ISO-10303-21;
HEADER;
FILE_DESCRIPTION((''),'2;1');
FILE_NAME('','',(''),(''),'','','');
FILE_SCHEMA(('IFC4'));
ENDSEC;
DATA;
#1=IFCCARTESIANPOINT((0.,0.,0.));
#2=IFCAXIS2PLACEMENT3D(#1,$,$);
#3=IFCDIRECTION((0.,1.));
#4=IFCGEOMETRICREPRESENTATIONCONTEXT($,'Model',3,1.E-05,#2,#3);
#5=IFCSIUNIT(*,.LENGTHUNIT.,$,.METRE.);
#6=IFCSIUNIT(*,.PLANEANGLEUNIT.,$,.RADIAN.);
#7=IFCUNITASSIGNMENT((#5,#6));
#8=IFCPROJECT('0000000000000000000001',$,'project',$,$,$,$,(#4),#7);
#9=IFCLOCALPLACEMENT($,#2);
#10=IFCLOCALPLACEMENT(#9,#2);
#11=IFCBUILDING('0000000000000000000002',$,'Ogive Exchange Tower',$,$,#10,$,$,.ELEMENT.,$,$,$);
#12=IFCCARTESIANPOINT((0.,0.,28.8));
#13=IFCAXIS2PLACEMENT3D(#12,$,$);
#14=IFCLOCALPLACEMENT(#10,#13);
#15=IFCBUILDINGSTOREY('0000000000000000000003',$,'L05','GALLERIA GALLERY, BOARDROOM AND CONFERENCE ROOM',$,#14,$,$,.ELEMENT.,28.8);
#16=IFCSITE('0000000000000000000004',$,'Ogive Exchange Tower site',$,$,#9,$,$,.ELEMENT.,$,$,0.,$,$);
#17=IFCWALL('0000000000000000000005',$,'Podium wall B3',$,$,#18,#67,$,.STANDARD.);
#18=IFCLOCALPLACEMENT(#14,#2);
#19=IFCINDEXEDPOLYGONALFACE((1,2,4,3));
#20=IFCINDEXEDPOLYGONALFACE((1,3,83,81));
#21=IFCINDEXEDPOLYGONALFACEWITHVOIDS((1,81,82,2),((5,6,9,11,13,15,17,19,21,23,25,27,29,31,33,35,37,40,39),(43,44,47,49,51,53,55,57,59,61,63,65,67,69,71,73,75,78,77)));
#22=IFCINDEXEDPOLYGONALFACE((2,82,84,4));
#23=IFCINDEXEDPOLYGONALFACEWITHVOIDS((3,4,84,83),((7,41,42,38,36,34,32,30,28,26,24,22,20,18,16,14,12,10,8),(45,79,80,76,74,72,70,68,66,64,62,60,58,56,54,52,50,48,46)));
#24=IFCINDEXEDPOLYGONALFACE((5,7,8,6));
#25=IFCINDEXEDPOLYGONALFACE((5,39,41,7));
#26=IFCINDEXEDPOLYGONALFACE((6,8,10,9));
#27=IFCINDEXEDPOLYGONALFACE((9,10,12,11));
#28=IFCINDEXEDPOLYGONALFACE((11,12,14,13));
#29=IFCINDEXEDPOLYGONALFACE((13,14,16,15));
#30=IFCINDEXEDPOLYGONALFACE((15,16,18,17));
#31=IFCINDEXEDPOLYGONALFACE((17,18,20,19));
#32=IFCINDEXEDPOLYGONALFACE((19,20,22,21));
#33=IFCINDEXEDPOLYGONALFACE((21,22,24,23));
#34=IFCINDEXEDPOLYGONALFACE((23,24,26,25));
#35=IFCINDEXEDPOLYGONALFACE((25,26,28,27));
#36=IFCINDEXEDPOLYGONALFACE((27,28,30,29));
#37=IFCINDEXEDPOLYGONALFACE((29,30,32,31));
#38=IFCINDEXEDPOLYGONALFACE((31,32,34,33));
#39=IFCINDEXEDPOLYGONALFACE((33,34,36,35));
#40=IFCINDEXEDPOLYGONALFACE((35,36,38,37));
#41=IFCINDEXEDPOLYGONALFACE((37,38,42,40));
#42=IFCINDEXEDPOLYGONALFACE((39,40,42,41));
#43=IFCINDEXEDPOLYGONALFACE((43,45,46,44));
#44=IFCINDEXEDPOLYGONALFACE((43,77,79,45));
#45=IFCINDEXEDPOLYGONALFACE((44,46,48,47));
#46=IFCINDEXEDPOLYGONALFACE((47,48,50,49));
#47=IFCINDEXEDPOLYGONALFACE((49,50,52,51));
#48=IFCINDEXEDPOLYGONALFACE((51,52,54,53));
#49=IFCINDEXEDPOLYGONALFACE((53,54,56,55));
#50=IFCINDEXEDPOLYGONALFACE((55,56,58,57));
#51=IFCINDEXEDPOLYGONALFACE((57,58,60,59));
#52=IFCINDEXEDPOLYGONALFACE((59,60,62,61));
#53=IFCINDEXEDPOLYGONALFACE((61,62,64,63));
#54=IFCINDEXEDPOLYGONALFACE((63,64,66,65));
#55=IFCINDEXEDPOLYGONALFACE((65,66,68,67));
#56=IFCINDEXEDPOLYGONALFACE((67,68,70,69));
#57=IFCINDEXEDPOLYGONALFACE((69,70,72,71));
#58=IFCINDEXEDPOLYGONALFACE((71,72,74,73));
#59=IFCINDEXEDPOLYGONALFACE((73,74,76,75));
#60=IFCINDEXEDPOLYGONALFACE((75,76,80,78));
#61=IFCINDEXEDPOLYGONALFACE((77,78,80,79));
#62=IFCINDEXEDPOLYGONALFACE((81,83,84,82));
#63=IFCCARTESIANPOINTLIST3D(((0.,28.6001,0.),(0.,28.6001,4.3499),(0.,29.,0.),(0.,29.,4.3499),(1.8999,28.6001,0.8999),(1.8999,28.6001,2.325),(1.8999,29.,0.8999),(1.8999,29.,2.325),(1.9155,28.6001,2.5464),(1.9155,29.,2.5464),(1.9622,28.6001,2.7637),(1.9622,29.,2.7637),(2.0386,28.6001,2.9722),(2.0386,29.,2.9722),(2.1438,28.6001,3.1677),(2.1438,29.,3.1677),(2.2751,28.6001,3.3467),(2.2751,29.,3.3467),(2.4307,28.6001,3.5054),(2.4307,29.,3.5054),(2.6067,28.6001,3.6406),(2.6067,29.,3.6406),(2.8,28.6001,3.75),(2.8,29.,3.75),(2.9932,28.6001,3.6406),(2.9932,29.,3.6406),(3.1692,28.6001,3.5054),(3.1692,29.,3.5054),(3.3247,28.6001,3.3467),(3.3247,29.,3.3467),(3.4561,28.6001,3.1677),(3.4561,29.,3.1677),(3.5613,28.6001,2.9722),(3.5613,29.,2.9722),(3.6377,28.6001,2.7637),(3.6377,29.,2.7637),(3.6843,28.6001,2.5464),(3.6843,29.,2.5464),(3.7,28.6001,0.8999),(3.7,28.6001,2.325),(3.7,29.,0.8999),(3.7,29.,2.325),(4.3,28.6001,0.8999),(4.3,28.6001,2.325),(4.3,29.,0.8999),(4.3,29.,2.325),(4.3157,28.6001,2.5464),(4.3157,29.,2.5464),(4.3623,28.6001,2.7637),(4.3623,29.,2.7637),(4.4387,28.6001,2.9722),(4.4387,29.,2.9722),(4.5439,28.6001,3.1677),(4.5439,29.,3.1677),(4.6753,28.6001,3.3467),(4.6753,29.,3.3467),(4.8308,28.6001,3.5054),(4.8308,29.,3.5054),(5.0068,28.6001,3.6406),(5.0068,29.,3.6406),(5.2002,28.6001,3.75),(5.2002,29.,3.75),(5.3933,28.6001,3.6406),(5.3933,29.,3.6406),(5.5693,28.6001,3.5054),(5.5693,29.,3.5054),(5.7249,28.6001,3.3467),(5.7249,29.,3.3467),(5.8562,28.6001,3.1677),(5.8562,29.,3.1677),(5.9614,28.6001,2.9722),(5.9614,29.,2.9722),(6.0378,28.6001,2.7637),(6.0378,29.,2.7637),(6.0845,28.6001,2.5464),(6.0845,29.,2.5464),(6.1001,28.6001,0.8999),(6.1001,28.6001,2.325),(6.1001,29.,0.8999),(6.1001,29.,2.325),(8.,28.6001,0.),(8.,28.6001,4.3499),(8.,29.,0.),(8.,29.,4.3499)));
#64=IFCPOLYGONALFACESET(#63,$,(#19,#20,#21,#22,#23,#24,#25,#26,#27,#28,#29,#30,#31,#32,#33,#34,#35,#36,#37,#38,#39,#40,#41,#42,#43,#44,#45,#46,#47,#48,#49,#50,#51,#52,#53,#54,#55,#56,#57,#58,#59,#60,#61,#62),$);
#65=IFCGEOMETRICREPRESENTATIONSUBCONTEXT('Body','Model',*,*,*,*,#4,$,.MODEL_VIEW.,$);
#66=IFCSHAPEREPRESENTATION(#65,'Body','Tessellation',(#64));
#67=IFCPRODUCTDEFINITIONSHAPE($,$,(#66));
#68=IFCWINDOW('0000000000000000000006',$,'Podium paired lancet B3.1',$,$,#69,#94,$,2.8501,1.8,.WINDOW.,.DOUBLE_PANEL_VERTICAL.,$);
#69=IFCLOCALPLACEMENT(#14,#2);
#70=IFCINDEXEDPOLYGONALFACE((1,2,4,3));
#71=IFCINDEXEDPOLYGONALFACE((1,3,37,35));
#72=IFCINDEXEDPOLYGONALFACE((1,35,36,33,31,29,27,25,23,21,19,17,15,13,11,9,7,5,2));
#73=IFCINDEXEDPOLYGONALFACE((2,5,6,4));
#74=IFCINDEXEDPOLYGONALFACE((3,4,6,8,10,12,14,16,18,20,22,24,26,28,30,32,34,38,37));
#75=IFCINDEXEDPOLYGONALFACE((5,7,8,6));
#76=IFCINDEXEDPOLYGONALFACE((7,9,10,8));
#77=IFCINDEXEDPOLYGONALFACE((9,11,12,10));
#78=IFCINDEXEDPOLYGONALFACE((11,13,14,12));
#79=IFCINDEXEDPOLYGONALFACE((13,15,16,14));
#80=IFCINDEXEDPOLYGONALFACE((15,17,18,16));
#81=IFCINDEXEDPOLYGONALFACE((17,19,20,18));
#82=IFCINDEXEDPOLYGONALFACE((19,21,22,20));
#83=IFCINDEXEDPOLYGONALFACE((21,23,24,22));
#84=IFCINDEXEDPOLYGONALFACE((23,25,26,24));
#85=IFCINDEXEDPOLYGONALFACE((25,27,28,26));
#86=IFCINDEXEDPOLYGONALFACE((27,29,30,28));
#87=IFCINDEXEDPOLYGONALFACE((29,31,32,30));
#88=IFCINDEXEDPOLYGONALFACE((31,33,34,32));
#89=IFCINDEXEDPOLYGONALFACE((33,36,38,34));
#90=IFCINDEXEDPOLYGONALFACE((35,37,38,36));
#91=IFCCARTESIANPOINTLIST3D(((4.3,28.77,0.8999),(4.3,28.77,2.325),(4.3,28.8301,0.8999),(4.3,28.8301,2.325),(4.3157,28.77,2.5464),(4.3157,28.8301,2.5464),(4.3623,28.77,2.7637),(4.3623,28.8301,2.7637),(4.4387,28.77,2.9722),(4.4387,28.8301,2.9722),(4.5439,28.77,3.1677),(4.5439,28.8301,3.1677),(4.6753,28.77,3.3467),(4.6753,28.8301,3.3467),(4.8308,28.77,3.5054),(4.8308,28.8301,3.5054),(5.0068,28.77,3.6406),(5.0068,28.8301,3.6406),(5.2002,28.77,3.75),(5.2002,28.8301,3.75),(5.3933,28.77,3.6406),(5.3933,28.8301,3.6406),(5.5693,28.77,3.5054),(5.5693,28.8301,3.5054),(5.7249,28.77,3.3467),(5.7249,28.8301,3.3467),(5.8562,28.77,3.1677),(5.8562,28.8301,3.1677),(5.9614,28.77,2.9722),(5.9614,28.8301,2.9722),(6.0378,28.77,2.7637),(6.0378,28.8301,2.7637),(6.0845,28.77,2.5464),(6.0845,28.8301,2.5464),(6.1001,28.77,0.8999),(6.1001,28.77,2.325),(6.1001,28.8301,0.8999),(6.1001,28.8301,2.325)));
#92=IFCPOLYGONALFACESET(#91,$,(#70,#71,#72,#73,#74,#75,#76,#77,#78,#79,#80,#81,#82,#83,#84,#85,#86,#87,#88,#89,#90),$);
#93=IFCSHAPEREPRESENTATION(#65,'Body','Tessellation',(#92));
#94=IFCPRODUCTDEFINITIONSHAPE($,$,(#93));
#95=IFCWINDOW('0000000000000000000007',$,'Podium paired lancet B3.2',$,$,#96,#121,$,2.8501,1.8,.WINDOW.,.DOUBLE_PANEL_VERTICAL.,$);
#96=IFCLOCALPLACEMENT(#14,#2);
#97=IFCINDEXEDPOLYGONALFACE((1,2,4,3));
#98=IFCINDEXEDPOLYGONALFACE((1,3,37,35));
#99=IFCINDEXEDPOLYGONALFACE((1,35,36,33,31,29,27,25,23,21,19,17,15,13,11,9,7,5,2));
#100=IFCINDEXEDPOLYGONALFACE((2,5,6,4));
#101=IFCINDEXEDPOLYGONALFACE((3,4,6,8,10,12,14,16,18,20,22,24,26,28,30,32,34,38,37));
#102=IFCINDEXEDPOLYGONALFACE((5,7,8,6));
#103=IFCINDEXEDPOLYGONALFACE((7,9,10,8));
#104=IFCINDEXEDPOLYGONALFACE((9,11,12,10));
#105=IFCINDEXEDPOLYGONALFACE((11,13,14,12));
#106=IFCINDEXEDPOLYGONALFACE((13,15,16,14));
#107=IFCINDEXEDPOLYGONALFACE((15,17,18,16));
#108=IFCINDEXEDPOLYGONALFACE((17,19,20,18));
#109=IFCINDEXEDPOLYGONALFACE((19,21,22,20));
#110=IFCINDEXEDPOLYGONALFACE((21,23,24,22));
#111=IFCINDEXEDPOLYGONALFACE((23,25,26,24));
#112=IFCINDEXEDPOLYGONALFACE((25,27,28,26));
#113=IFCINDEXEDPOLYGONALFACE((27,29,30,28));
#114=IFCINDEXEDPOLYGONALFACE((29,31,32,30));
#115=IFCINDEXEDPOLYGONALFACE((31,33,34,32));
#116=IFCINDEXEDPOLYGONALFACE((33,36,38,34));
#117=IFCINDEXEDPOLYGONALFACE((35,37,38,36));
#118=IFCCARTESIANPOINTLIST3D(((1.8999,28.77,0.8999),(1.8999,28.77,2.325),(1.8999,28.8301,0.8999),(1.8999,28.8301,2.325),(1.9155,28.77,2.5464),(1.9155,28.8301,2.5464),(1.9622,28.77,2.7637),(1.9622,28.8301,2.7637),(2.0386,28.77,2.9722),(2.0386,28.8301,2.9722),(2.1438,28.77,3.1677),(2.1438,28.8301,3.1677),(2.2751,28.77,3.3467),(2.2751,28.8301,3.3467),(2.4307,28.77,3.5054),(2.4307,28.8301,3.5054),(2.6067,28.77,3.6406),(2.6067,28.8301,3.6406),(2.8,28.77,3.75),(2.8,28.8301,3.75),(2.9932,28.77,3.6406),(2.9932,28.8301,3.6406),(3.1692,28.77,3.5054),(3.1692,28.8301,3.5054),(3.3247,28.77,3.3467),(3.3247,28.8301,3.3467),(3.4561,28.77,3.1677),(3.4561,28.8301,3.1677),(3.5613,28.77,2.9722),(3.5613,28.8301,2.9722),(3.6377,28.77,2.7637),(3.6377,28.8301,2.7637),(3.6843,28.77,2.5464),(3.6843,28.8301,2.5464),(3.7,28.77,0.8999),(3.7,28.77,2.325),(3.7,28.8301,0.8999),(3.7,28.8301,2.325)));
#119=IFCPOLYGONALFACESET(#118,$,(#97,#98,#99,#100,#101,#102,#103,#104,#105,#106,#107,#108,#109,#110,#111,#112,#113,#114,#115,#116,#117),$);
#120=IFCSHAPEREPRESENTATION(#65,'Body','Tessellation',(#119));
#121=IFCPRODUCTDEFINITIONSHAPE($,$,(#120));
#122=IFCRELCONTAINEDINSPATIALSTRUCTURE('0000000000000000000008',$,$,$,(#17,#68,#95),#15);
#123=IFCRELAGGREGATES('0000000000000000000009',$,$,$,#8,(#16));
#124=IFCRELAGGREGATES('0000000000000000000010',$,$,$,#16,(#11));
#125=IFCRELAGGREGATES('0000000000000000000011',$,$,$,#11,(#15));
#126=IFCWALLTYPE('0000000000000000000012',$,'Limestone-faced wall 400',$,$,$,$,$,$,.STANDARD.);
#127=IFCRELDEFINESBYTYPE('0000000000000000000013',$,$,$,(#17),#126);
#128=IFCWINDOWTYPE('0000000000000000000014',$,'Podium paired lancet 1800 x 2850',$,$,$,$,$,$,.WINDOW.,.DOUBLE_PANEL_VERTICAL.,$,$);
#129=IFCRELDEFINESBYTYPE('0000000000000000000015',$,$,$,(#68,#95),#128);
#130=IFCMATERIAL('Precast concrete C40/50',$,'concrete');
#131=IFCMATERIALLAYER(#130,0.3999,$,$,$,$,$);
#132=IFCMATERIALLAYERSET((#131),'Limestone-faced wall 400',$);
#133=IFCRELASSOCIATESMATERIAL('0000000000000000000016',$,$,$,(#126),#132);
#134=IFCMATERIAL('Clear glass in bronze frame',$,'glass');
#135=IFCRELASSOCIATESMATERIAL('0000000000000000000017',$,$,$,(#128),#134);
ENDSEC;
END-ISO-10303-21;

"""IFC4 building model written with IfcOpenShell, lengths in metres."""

from ifc_helpers import new_model, si_unit, direction, frame, frame_2d, origin, place, context, subcontext, project, spatial, polyline, rectangle, outline, extrude, material, layer, layer_set, type_object, element, fill, save


model = new_model("IFC4")

# Units and contexts
model_context = context("Model", 3, precision=1e-05, world=origin(), true_north=direction((0.0, 1.0)))
body_context = subcontext(model_context, "Body", "Model", "MODEL_VIEW")
ifc_project = project(units=[si_unit("LENGTHUNIT", "METRE"), si_unit("PLANEANGLEUNIT", "RADIAN")], contexts=[model_context])

# Site, building, storey
site_placement = place(None, origin())
site = spatial("IfcSite", under=ifc_project, at=site_placement, Name="Ogive Exchange Tower site", CompositionType="ELEMENT", RefElevation=0.0)
building_placement = place(site_placement, origin())
building = spatial("IfcBuilding", under=site, at=building_placement, Name="Ogive Exchange Tower", CompositionType="ELEMENT")
storey_placement = place(building_placement, frame((0.0, 0.0, 28.8)))
storey = spatial("IfcBuildingStorey", under=building, at=storey_placement, Name="L05", Description="GALLERIA GALLERY, BOARDROOM AND CONFERENCE ROOM", CompositionType="ELEMENT", Elevation=28.8)

# Wall, openings, windows
ifc_material_1 = material(Name="Precast concrete C40/50", Category="concrete")
ifc_layer_1 = layer(ifc_material_1, 0.3999)
ifc_layer_set_1 = layer_set([ifc_layer_1], Name="Limestone-faced wall 400")
wall_type_1 = type_object("IfcWallType", Name="Limestone-faced wall 400", PredefinedType="STANDARD", material=ifc_layer_set_1)
ifc_material_2 = material(Name="Clear glass in bronze frame", Category="glass")
window_type = type_object("IfcWindowType", Name="Podium paired lancet 1800 x 2850", PartitioningType="DOUBLE_PANEL_VERTICAL", PredefinedType="WINDOW", material=ifc_material_2)
wall_1_placement = place(storey_placement, frame((8.0, 28.8, 0.0), z_axis=(0.0, 0.0, 1.0), x_axis=(-1.0, 0.0, 0.0)))
wall_1 = element("IfcWall", 1, at=wall_1_placement, inside=storey, type_object=wall_type_1, Name="Podium wall B3", PredefinedType="STANDARD", context=body_context, shape_type="SweptSolid", body=[
    extrude(rectangle(XDim=8.0, YDim=0.3999, at=frame_2d((4.0, 0.0))), origin(), (0.0, 0.0, 1.0), 4.3499),
])
opening_1_placement = place(wall_1_placement, frame((1.8999, 0.0, 0.8999)))
opening_1 = element("IfcOpeningElement", 2, at=opening_1_placement, cuts=wall_1, PredefinedType="OPENING", context=body_context, shape_type="SweptSolid", body=[
    extrude(outline(polyline([(0.0, 0.0), (1.8, 0.0), (1.8, 1.425), (1.7844, 1.6465), (1.7378, 1.8638), (1.6614, 2.0723), (1.5562, 2.2678), (1.4248, 2.4468), (1.2693, 2.6055), (1.0933, 2.7407), (0.8999, 2.8501), (0.7068, 2.7407), (0.5308, 2.6055), (0.3752, 2.4468), (0.2439, 2.2678), (0.1387, 2.0723), (0.0623, 1.8638), (0.0156, 1.6465), (0.0, 1.425), (0.0, 0.0)])), frame((0.0, 0.21, 0.0), z_axis=(0.0, -1.0, 0.0), x_axis=(1.0, 0.0, 0.0)), (0.0, 0.0, 1.0), 0.4199),
])
opening_2_placement = place(wall_1_placement, frame((4.3, 0.0, 0.8999)))
opening_2 = element("IfcOpeningElement", 3, at=opening_2_placement, cuts=wall_1, PredefinedType="OPENING", context=body_context, shape_type="SweptSolid", body=[
    extrude(outline(polyline([(0.0, 0.0), (1.8, 0.0), (1.8, 1.425), (1.7844, 1.6465), (1.7378, 1.8638), (1.6614, 2.0723), (1.5562, 2.2678), (1.4248, 2.4468), (1.2693, 2.6055), (1.0933, 2.7407), (0.8999, 2.8501), (0.7068, 2.7407), (0.5308, 2.6055), (0.3752, 2.4468), (0.2439, 2.2678), (0.1387, 2.0723), (0.0623, 1.8638), (0.0156, 1.6465), (0.0, 1.425), (0.0, 0.0)])), frame((0.0, 0.21, 0.0), z_axis=(0.0, -1.0, 0.0), x_axis=(1.0, 0.0, 0.0)), (0.0, 0.0, 1.0), 0.4199),
])
window_1_placement = place(opening_1_placement, origin())
window_1 = element("IfcWindow", 4, at=window_1_placement, inside=storey, type_object=window_type, Name="Podium paired lancet B3.1", OverallHeight=2.8501, OverallWidth=1.8, PartitioningType="DOUBLE_PANEL_VERTICAL", PredefinedType="WINDOW", context=body_context, shape_type="SweptSolid", body=[
    extrude(outline(polyline([(0.0, 0.0), (1.8, 0.0), (1.8, 1.425), (1.7844, 1.6465), (1.7378, 1.8638), (1.6614, 2.0723), (1.5562, 2.2678), (1.4248, 2.4468), (1.2693, 2.6055), (1.0933, 2.7407), (0.8999, 2.8501), (0.7068, 2.7407), (0.5308, 2.6055), (0.3752, 2.4468), (0.2439, 2.2678), (0.1387, 2.0723), (0.0623, 1.8638), (0.0156, 1.6465), (0.0, 1.425), (0.0, 0.0)])), frame((0.0, 0.03, 0.0), z_axis=(0.0, -1.0, 0.0), x_axis=(1.0, 0.0, 0.0)), (0.0, 0.0, 1.0), 0.0601),
])
fill(opening_1, window_1)
window_2_placement = place(opening_2_placement, origin())
window_2 = element("IfcWindow", 5, at=window_2_placement, inside=storey, type_object=window_type, Name="Podium paired lancet B3.2", OverallHeight=2.8501, OverallWidth=1.8, PartitioningType="DOUBLE_PANEL_VERTICAL", PredefinedType="WINDOW", context=body_context, shape_type="SweptSolid", body=[
    extrude(outline(polyline([(0.0, 0.0), (1.8, 0.0), (1.8, 1.425), (1.7844, 1.6465), (1.7378, 1.8638), (1.6614, 2.0723), (1.5562, 2.2678), (1.4248, 2.4468), (1.2693, 2.6055), (1.0933, 2.7407), (0.8999, 2.8501), (0.7068, 2.7407), (0.5308, 2.6055), (0.3752, 2.4468), (0.2439, 2.2678), (0.1387, 2.0723), (0.0623, 1.8638), (0.0156, 1.6465), (0.0, 1.425), (0.0, 0.0)])), frame((0.0, 0.03, 0.0), z_axis=(0.0, -1.0, 0.0), x_axis=(1.0, 0.0, 0.0)), (0.0, 0.0, 1.0), 0.0601),
])
fill(opening_2, window_2)

save(model, "model.ifc")
